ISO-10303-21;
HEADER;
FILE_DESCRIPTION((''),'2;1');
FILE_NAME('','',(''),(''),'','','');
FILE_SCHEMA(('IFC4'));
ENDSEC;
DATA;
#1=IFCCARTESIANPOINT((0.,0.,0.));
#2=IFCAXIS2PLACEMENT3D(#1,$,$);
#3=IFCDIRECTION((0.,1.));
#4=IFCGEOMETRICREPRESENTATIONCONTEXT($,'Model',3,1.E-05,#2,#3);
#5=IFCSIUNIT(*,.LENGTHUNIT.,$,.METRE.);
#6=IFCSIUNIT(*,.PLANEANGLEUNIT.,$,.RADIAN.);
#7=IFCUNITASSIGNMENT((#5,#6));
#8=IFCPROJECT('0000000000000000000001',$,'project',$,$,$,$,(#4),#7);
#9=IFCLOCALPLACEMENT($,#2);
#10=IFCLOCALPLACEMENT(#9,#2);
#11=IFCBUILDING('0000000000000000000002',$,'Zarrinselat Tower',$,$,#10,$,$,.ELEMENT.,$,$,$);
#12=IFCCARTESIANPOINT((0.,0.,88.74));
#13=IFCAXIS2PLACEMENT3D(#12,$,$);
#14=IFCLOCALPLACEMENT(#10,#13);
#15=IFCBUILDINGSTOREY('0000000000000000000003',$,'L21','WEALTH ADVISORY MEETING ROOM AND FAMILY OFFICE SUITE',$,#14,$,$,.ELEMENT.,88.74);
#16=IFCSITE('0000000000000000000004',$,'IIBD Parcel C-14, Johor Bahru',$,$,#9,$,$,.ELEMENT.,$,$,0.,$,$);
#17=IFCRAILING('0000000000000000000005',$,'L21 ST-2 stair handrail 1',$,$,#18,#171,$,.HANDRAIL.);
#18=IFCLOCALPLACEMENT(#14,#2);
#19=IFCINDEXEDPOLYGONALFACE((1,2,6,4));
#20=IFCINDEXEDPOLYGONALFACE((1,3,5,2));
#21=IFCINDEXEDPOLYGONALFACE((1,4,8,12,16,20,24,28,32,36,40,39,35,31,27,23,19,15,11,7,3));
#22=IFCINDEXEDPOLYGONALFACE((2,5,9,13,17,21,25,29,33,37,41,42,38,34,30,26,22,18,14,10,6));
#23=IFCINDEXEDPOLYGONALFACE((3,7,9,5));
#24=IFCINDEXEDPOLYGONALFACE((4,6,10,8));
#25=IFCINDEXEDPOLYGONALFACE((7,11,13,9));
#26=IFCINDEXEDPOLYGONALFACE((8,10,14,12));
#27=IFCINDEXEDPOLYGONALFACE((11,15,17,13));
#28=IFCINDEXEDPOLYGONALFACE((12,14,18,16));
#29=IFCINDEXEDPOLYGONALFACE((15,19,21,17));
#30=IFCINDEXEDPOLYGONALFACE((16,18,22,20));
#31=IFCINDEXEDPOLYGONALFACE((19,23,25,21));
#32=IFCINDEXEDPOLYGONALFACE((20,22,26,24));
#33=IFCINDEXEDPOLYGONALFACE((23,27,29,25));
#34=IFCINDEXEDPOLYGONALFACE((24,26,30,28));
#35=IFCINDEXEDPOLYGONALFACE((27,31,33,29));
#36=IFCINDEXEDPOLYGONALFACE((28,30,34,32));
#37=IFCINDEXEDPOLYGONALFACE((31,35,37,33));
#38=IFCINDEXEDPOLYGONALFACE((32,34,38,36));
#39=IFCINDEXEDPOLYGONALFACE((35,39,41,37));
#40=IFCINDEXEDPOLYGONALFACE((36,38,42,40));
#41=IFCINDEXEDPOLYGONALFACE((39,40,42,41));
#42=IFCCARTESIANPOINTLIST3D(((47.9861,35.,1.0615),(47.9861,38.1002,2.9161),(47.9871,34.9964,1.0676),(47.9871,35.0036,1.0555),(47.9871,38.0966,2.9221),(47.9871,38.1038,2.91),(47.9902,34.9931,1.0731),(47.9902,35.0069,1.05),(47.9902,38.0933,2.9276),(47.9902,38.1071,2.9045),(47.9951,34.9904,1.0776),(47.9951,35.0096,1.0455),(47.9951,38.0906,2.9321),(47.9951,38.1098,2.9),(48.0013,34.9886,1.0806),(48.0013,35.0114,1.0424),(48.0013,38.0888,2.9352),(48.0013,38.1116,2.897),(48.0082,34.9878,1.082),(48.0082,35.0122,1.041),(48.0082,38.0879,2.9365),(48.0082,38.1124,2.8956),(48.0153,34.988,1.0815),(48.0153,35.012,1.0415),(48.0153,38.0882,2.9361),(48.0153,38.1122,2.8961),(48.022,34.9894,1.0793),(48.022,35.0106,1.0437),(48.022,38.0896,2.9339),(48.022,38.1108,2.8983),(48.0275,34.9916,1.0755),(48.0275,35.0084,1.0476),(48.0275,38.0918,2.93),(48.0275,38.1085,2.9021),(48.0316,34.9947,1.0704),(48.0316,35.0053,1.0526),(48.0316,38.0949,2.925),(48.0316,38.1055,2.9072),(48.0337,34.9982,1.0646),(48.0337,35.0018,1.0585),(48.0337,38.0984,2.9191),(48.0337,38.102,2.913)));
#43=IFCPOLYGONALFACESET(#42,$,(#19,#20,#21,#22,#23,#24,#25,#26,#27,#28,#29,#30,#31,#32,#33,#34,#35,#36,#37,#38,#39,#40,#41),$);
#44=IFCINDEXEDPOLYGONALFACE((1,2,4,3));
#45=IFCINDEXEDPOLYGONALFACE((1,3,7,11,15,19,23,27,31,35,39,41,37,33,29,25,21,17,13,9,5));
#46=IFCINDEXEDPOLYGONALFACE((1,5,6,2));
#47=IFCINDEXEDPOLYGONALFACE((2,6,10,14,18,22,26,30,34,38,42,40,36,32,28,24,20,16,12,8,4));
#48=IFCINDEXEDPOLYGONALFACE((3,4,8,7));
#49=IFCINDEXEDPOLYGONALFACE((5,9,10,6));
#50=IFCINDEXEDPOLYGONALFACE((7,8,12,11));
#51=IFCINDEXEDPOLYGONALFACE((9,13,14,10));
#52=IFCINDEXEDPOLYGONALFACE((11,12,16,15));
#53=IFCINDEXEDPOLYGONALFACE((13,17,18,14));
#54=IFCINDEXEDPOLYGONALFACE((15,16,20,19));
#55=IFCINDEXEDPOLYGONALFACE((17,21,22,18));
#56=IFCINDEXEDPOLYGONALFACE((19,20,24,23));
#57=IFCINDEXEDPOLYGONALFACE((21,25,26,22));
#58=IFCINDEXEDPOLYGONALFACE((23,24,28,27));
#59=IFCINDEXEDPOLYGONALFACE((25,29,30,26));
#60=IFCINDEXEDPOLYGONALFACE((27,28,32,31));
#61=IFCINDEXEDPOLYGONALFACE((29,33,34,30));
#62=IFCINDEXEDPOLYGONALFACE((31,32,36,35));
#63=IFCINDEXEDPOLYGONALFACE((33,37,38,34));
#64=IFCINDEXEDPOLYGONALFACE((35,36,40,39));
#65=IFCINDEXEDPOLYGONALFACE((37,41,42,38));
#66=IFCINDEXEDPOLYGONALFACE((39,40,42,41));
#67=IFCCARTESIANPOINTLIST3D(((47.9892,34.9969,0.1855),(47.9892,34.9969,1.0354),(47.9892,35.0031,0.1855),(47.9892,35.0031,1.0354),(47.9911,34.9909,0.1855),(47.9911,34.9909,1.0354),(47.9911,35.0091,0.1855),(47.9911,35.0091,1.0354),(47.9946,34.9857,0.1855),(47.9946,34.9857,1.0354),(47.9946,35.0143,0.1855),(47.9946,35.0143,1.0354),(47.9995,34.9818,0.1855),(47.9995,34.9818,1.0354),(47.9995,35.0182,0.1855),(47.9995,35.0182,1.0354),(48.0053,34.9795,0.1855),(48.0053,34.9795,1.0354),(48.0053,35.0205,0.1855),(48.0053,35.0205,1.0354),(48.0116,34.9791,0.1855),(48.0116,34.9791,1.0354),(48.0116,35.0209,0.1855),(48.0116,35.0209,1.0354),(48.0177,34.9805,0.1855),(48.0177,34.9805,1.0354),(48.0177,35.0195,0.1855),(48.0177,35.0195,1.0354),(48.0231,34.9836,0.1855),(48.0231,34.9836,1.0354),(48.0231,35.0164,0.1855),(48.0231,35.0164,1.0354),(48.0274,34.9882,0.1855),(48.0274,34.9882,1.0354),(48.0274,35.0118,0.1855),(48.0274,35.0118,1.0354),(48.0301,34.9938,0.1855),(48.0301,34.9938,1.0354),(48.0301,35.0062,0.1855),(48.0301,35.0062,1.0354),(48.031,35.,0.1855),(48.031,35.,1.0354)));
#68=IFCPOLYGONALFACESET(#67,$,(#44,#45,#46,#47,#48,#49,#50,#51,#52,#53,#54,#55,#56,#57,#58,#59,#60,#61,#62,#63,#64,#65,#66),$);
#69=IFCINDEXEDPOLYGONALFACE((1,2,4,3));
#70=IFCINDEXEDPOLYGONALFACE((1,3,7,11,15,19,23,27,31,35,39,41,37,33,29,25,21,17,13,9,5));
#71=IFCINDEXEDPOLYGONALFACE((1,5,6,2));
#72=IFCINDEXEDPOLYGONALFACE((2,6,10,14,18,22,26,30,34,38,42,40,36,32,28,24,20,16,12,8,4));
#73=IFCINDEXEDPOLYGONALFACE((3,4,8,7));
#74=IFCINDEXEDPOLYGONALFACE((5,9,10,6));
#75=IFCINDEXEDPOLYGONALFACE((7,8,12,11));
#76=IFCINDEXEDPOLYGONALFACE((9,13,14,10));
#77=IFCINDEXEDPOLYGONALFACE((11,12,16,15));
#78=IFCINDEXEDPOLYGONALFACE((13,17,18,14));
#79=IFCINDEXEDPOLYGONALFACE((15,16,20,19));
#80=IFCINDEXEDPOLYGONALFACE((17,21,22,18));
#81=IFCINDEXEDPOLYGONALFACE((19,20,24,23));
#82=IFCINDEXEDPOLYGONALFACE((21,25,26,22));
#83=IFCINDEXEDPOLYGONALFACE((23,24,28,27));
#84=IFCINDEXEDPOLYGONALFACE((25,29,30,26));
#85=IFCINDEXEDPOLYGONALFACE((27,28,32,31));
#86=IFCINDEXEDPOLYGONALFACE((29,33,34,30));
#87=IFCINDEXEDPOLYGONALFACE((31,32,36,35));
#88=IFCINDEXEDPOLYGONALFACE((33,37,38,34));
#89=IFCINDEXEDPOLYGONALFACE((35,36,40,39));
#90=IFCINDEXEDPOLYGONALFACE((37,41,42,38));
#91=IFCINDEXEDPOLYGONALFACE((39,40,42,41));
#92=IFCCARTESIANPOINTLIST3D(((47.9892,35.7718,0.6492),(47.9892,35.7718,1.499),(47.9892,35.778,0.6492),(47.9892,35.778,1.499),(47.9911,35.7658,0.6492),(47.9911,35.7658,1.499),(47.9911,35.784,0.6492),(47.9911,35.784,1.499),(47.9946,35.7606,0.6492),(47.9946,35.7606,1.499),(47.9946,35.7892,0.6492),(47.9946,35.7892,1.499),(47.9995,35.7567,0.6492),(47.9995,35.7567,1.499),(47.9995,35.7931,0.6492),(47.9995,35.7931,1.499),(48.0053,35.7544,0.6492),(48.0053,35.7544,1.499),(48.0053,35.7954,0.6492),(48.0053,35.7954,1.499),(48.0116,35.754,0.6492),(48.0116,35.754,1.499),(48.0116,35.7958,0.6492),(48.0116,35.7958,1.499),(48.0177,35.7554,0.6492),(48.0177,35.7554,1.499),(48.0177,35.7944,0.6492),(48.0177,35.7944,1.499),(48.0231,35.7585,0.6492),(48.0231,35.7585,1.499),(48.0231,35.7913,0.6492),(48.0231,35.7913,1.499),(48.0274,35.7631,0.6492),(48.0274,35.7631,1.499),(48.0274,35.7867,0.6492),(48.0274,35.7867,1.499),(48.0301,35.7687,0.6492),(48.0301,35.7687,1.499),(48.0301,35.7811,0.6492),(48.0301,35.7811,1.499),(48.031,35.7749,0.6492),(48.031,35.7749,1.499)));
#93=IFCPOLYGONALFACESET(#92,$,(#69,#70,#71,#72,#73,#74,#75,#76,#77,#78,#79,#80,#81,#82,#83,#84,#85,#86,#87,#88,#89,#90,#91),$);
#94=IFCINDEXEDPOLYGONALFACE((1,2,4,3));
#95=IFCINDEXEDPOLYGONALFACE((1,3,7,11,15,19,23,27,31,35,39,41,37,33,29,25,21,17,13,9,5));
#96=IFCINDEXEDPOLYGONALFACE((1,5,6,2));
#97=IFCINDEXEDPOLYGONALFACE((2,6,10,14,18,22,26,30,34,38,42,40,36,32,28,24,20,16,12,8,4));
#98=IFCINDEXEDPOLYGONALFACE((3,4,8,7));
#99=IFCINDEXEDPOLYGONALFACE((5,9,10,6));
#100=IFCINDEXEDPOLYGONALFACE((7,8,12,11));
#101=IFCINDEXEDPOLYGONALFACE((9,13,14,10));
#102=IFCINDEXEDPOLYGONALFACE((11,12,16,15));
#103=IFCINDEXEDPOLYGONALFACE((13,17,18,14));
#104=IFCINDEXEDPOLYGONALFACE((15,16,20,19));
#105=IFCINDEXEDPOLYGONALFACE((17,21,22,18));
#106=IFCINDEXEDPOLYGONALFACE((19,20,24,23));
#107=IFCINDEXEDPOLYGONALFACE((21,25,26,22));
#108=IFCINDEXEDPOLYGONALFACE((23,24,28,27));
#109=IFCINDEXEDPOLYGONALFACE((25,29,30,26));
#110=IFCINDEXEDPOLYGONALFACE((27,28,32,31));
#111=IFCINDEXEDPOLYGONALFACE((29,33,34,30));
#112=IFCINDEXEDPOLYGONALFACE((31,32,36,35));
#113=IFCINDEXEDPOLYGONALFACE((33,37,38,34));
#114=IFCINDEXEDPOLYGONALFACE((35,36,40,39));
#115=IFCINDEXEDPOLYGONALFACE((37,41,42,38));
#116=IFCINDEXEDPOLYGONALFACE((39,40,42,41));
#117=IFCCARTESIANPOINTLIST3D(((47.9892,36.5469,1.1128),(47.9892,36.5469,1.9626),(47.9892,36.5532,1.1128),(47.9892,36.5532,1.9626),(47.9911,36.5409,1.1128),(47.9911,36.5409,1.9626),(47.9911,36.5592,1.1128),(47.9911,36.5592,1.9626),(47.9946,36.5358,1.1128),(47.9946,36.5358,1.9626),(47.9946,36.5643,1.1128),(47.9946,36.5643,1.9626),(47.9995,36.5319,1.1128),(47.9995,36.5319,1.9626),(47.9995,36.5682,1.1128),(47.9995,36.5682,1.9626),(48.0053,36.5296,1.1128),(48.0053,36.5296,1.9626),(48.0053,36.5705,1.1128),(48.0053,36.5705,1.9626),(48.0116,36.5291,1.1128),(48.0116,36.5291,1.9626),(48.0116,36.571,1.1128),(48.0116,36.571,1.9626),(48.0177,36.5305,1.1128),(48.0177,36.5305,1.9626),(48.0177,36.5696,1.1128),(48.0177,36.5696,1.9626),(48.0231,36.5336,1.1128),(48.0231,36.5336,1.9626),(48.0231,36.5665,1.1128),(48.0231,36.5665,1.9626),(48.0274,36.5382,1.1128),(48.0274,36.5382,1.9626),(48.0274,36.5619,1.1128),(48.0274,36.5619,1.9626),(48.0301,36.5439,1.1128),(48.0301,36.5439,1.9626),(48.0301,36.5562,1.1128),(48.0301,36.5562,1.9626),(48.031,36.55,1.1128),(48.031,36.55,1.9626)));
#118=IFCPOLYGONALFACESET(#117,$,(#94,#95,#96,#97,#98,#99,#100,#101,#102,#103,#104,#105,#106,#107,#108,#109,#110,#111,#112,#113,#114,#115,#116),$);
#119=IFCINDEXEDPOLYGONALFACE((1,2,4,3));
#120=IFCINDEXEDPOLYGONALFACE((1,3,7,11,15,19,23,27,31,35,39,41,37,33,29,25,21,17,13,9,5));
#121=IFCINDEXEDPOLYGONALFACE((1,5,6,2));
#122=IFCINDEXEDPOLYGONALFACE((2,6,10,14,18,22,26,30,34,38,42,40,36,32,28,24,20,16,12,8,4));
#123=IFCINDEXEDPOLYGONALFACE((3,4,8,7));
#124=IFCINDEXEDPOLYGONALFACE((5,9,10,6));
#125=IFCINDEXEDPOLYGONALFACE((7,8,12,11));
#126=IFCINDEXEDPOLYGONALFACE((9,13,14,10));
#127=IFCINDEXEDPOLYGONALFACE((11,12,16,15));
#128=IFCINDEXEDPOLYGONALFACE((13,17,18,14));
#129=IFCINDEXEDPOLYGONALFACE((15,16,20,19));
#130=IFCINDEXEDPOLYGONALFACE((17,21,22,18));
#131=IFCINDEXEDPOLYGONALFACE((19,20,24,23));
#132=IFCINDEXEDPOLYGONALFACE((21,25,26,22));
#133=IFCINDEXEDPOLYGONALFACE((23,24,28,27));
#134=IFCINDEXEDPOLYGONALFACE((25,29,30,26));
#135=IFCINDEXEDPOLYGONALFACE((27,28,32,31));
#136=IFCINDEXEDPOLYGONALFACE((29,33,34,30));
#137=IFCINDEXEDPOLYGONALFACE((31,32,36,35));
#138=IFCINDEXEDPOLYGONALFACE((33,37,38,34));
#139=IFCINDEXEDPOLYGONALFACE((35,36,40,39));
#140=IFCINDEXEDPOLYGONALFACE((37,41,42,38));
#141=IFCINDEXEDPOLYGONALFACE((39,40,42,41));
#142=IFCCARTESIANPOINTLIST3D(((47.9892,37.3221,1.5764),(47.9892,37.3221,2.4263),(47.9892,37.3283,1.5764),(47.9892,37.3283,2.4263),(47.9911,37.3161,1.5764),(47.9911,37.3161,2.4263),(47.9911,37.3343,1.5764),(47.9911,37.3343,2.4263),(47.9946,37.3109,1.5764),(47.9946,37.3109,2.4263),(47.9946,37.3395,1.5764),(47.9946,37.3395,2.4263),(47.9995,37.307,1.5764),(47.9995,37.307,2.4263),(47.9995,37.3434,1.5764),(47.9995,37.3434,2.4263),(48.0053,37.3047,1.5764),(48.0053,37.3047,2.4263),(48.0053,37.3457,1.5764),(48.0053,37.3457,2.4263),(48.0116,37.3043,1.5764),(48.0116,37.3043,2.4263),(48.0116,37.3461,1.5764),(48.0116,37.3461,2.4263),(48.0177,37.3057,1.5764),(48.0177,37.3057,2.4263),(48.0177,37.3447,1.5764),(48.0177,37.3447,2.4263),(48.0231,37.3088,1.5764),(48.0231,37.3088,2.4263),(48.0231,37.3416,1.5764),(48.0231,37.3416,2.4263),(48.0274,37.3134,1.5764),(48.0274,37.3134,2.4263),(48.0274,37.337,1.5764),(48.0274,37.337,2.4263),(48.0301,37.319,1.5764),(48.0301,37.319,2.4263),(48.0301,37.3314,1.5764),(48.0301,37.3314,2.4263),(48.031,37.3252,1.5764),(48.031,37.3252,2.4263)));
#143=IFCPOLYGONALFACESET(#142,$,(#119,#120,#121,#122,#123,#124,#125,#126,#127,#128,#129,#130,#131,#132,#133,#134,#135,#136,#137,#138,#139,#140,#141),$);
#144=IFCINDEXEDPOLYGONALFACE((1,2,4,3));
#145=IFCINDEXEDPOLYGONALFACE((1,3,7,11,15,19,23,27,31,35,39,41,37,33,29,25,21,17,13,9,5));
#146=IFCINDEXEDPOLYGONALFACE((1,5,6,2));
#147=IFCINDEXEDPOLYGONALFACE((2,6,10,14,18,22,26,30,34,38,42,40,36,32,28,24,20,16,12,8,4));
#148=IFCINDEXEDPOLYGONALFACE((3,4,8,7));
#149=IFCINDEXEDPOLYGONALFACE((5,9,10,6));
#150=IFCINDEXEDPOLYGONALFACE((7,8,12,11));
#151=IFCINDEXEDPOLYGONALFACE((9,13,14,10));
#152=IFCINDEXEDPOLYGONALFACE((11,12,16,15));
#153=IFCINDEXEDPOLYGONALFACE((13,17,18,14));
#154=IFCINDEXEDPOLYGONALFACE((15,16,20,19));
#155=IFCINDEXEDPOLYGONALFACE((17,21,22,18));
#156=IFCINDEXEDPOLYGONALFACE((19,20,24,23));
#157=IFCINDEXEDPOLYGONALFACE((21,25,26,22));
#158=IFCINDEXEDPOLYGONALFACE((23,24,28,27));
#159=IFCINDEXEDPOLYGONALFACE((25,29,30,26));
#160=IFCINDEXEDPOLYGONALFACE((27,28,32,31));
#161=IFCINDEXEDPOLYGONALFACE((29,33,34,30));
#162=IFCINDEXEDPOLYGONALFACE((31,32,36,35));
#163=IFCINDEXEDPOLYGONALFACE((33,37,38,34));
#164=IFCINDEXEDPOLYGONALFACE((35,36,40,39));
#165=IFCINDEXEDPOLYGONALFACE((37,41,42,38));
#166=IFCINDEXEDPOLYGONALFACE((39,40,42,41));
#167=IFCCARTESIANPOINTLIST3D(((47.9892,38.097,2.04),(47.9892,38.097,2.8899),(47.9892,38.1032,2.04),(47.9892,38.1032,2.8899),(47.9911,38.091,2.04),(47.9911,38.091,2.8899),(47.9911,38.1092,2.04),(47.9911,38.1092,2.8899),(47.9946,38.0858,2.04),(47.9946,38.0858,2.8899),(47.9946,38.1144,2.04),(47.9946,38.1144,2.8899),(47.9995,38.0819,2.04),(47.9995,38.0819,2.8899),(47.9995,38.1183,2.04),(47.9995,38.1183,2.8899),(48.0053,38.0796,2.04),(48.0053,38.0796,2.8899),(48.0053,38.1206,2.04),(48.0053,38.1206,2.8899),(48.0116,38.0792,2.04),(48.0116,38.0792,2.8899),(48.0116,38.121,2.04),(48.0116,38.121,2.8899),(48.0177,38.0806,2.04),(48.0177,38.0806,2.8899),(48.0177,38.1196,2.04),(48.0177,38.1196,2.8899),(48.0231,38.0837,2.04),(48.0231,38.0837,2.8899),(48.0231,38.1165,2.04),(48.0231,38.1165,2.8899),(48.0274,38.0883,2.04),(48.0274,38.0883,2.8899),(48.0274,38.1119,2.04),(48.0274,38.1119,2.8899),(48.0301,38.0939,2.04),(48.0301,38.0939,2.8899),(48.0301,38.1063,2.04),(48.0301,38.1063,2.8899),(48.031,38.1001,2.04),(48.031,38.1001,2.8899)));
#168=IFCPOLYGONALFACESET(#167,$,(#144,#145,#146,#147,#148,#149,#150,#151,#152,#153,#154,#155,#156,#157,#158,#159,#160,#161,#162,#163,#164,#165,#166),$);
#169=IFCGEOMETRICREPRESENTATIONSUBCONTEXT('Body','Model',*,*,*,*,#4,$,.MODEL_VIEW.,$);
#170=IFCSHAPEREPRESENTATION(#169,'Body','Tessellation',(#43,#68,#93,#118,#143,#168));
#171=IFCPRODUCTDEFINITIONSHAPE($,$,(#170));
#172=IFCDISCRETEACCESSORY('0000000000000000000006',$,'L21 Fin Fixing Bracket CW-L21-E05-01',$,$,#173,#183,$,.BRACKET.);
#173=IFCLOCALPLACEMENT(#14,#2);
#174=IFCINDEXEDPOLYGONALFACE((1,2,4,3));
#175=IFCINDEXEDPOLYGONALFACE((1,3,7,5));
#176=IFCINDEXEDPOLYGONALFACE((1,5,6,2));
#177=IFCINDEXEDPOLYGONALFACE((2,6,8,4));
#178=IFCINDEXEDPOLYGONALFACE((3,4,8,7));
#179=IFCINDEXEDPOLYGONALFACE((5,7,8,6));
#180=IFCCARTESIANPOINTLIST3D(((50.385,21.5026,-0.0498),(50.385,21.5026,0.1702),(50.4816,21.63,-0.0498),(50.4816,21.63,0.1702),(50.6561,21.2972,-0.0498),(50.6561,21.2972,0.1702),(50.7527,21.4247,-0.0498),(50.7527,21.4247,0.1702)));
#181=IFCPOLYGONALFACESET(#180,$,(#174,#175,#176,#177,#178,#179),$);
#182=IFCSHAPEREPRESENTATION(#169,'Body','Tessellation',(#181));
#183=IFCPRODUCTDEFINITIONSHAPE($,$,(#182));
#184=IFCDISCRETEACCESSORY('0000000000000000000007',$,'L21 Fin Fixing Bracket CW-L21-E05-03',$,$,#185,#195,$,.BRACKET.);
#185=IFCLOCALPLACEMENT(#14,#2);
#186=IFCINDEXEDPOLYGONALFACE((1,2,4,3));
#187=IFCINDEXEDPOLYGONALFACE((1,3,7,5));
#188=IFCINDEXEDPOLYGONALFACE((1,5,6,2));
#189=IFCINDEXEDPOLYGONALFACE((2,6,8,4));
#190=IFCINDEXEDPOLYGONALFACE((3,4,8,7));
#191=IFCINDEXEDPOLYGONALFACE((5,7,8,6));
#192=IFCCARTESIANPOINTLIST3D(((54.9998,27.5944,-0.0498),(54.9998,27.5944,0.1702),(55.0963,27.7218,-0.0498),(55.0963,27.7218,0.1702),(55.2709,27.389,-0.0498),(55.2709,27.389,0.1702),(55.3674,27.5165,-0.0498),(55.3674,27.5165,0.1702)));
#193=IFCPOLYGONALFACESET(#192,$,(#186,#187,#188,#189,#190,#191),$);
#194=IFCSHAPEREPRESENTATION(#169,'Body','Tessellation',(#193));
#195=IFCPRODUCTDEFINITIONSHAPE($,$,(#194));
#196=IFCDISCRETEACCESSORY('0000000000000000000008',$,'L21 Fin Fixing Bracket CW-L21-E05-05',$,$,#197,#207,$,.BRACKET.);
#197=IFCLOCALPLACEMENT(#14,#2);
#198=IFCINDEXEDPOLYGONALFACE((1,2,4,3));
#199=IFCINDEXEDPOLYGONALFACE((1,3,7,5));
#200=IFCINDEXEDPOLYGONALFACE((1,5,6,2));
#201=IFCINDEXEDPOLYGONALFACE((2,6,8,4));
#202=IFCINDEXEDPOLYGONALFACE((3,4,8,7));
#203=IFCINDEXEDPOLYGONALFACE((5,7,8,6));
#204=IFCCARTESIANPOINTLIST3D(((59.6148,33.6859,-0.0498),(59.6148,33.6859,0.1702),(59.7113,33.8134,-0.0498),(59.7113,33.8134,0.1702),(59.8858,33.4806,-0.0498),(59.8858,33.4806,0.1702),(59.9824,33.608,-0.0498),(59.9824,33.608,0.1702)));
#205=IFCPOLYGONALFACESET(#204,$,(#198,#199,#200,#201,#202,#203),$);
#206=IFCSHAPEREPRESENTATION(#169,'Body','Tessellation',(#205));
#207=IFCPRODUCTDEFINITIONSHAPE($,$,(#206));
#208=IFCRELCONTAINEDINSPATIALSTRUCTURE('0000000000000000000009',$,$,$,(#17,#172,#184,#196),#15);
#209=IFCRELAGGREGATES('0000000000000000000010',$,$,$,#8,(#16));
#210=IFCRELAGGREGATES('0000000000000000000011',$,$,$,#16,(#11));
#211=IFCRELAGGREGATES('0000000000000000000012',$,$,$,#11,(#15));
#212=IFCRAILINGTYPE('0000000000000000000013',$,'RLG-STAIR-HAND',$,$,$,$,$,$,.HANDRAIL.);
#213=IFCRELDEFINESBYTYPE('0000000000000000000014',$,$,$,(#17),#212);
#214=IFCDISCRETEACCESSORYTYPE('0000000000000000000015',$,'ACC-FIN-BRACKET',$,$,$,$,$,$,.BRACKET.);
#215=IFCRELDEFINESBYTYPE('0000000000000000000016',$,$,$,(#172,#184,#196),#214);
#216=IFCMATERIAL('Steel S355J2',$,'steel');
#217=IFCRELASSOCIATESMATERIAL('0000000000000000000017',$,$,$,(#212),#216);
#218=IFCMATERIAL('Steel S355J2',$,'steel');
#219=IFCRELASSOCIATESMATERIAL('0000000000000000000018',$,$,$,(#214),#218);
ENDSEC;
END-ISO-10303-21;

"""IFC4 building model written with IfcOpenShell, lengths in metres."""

from ifc_helpers import new_model, si_unit, direction, frame, origin, origin_2d, place, context, subcontext, project, spatial, rectangle, circle, extrude, material, type_object, element, save


model = new_model("IFC4")

# Units and contexts
model_context = context("Model", 3, precision=1e-05, world=origin(), true_north=direction((0.0, 1.0)))
body_context = subcontext(model_context, "Body", "Model", "MODEL_VIEW")
ifc_project = project(units=[si_unit("LENGTHUNIT", "METRE"), si_unit("PLANEANGLEUNIT", "RADIAN")], contexts=[model_context])

# Site, building, storey
site_placement = place(None, origin())
site = spatial("IfcSite", under=ifc_project, at=site_placement, Name="IIBD Parcel C-14, Johor Bahru", CompositionType="ELEMENT", RefElevation=0.0)
building_placement = place(site_placement, origin())
building = spatial("IfcBuilding", under=site, at=building_placement, Name="Zarrinselat Tower", CompositionType="ELEMENT")
storey_placement = place(building_placement, frame((0.0, 0.0, 88.74)))
storey = spatial("IfcBuildingStorey", under=building, at=storey_placement, Name="L21", Description="WEALTH ADVISORY MEETING ROOM AND FAMILY OFFICE SUITE", CompositionType="ELEMENT", Elevation=88.74)

# Railing
ifc_material_1 = material(Name="Steel S355J2", Category="steel")
railing_type_1 = type_object("IfcRailingType", Name="RLG-STAIR-HAND", PredefinedType="HANDRAIL", material=ifc_material_1)
railing_1_placement = place(storey_placement, frame((48.01, 35.0, 0.1855)))
element("IfcRailing", 1, at=railing_1_placement, inside=storey, type_object=railing_type_1, Name="L21 ST-2 stair handrail 1", PredefinedType="HANDRAIL", context=body_context, shape_type="SweptSolid", body=[
    extrude(circle(Radius=0.0239, at=origin_2d()), frame((0.0, 0.0, 0.876), z_axis=(0.0, 0.858172, 0.513362), x_axis=(-1.0, 0.0, 0.0)), (0.0, 0.0, 1.0), 3.6125),
    extrude(circle(Radius=0.021, at=origin_2d()), origin(), (0.0, 0.0, 1.0), 0.8499),
    extrude(circle(Radius=0.021, at=origin_2d()), frame((0.0, 0.7749, 0.4636)), (0.0, 0.0, 1.0), 0.8499),
    extrude(circle(Radius=0.021, at=origin_2d()), frame((0.0, 1.55, 0.9272)), (0.0, 0.0, 1.0), 0.8499),
    extrude(circle(Radius=0.021, at=origin_2d()), frame((0.0, 2.3252, 1.3909)), (0.0, 0.0, 1.0), 0.8499),
    extrude(circle(Radius=0.021, at=origin_2d()), frame((0.0, 3.1001, 1.8545)), (0.0, 0.0, 1.0), 0.8499),
])

# Discrete accessories
ifc_material_2 = material(Name="Steel S355J2", Category="steel")
discrete_accessory_type = type_object("IfcDiscreteAccessoryType", Name="ACC-FIN-BRACKET", PredefinedType="BRACKET", material=ifc_material_2)
for number, where, z_axis, x_axis, name in (
    (2, (50.5688, 21.4636, -0.0498), (0.0, 0.0, 1.0), (0.797094, -0.603856, 0.0), "L21 Fin Fixing Bracket CW-L21-E05-01"),
    (3, (55.1836, 27.5554, -0.0498), (0.0, 0.0, 1.0), (0.797094, -0.603856, 0.0), "L21 Fin Fixing Bracket CW-L21-E05-03"),
    (4, (59.7986, 33.647, -0.0498), (0.0, 0.0, 1.0), (0.797094, -0.603856, 0.0), "L21 Fin Fixing Bracket CW-L21-E05-05"),
):
    element("IfcDiscreteAccessory", number, at=place(storey_placement, frame(where, z_axis=z_axis, x_axis=x_axis)), inside=storey, type_object=discrete_accessory_type, Name=name, PredefinedType="BRACKET", context=body_context, shape_type="SweptSolid", body=[
        extrude(rectangle(XDim=0.3401, YDim=0.1599, at=origin_2d()), origin(), (0.0, 0.0, 1.0), 0.22),
    ])

save(model, "model.ifc")
